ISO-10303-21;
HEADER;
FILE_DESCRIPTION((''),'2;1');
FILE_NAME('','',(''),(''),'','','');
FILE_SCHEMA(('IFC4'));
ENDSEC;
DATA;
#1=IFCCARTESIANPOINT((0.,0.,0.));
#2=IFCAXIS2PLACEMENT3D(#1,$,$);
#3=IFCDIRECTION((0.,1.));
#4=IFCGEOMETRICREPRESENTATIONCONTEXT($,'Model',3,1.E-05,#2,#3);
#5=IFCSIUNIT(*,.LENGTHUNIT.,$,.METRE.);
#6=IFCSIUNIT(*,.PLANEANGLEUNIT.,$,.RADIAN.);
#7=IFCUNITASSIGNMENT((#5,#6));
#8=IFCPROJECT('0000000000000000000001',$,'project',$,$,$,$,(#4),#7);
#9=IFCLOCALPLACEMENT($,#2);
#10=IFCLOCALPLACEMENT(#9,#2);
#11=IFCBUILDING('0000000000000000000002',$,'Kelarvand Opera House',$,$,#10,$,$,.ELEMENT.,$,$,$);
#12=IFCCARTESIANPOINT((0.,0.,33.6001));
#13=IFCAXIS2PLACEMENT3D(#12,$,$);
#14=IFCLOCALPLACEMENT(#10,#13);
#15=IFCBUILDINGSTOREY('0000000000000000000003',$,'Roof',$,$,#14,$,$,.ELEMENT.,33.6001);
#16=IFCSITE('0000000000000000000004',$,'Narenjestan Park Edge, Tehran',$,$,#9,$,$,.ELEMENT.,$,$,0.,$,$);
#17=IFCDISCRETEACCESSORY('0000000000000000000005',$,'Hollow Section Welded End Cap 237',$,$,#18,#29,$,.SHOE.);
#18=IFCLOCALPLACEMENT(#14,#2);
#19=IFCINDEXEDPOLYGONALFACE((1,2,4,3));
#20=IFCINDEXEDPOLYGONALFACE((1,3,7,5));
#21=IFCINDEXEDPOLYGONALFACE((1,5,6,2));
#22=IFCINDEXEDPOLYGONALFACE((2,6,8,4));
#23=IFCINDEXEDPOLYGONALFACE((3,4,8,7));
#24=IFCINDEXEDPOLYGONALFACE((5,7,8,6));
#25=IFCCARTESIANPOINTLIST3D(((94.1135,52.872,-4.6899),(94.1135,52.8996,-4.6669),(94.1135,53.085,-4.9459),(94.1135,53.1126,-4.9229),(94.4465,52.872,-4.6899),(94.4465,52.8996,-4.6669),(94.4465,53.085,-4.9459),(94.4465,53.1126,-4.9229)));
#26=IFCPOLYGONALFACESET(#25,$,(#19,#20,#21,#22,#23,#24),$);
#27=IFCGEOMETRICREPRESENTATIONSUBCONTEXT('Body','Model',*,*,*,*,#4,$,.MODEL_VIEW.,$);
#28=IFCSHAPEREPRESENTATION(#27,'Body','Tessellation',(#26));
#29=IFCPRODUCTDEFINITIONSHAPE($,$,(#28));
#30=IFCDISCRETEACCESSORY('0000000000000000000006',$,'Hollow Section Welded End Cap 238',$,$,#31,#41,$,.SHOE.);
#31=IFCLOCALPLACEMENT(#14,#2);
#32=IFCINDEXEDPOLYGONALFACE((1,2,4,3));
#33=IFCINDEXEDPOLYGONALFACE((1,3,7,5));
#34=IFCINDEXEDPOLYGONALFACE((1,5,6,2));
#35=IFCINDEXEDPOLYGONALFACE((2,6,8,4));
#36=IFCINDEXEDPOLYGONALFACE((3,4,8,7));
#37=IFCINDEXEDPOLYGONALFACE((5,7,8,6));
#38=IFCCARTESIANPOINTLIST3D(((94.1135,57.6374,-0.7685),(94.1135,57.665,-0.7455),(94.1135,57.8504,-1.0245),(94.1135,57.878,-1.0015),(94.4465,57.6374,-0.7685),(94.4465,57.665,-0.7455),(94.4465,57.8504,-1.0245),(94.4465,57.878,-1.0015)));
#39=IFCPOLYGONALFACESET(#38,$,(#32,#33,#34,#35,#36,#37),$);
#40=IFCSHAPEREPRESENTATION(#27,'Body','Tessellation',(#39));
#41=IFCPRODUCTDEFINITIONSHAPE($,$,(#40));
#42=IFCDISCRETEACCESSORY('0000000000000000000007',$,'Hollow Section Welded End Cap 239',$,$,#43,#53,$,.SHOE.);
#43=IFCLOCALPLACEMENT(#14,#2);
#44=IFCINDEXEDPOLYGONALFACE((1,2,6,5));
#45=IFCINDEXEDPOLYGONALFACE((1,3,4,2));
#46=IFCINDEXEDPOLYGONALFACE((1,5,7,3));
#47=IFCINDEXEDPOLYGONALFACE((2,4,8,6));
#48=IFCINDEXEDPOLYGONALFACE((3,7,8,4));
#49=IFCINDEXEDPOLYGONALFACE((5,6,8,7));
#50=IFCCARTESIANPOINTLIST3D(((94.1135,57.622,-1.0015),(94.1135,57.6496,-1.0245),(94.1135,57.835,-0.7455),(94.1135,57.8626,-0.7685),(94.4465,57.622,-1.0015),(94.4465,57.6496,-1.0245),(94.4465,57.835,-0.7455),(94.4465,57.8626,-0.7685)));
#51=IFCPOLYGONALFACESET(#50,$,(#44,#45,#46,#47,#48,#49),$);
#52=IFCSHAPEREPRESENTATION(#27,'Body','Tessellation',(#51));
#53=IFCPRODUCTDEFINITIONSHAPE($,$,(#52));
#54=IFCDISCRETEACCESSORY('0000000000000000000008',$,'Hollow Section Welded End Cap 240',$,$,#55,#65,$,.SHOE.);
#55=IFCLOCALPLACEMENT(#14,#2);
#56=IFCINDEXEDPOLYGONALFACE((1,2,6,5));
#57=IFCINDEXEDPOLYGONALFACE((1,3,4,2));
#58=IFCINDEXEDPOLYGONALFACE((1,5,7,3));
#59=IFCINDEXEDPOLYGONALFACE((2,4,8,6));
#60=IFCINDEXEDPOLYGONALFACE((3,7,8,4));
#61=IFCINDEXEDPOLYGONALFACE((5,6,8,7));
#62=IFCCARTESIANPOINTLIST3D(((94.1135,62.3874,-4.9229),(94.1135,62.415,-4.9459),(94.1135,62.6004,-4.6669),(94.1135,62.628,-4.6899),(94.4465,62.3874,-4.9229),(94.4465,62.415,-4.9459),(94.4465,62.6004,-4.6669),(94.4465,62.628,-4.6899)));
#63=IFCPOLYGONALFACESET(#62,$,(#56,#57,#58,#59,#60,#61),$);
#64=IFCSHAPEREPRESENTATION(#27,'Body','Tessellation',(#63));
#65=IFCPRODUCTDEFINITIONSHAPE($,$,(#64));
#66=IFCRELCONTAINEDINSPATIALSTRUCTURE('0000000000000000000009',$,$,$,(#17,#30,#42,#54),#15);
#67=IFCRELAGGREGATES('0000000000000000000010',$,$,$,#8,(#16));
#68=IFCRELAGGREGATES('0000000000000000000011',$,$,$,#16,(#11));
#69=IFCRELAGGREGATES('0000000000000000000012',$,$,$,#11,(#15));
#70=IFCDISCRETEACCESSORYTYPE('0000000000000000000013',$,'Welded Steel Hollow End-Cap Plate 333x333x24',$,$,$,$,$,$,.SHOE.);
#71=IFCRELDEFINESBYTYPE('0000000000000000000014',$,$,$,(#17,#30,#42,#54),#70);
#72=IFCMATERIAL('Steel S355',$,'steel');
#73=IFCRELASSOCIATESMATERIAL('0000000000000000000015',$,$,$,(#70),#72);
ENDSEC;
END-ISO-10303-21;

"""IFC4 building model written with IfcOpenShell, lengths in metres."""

from ifc_helpers import new_model, si_unit, direction, frame, origin, origin_2d, place, context, subcontext, project, spatial, rectangle, extrude, material, material_profile, profile_set, type_object, element, save


model = new_model("IFC4")

# Units and contexts
model_context = context("Model", 3, precision=1e-05, world=origin(), true_north=direction((0.0, 1.0)))
body_context = subcontext(model_context, "Body", "Model", "MODEL_VIEW")
ifc_project = project(units=[si_unit("LENGTHUNIT", "METRE"), si_unit("PLANEANGLEUNIT", "RADIAN")], contexts=[model_context])

# Site, building, storey
site_placement = place(None, origin())
site = spatial("IfcSite", under=ifc_project, at=site_placement, Name="Narenjestan Park Edge, Tehran", CompositionType="ELEMENT", RefElevation=0.0)
building_placement = place(site_placement, origin())
building = spatial("IfcBuilding", under=site, at=building_placement, Name="Kelarvand Opera House", CompositionType="ELEMENT")
storey_placement = place(building_placement, frame((0.0, 0.0, 33.6001)))
storey = spatial("IfcBuildingStorey", under=building, at=storey_placement, Name="Roof", CompositionType="ELEMENT", Elevation=33.6001)

# Shared definitions
ifc_material_1 = material(Name="Steel S355", Category="steel")

# Discrete accessories
ifc_material_profile_1 = material_profile(ifc_material_1, rectangle(XDim=0.333, YDim=0.333, at=origin_2d()), Name="Welded Steel Hollow End-Cap Plate 333x333x24", Category="steel")
ifc_profile_set_1 = profile_set([ifc_material_profile_1], Name="Steel S355")
discrete_accessory_type_1 = type_object("IfcDiscreteAccessoryType", Name="Welded Steel Hollow End-Cap Plate 333x333x24", PredefinedType="SHOE", material=ifc_profile_set_1)
for number, where, z_axis, x_axis, name in (
    (1, (94.28, 53.0061, -4.7949), (0.0, -0.768779, -0.639515), (1.0, 0.0, 0.0), "Hollow Section Welded End Cap 237"),
    (2, (94.28, 57.7439, -0.8965), (0.0, 0.768779, 0.639515), (-1.0, 0.0, 0.0), "Hollow Section Welded End Cap 238"),
    (3, (94.28, 57.7561, -0.8965), (0.0, -0.768779, 0.639515), (1.0, 0.0, 0.0), "Hollow Section Welded End Cap 239"),
    (4, (94.28, 62.4939, -4.7949), (0.0, 0.768779, -0.639515), (-1.0, 0.0, 0.0), "Hollow Section Welded End Cap 240"),
):
    element("IfcDiscreteAccessory", number, at=place(storey_placement, frame(where, z_axis=z_axis, x_axis=x_axis)), inside=storey, type_object=discrete_accessory_type_1, Name=name, PredefinedType="SHOE", context=body_context, shape_type="SweptSolid", body=[
        extrude(rectangle(XDim=0.333, YDim=0.333, at=origin_2d()), origin(), (0.0, 0.0, 1.0), 0.0359),
    ])

save(model, "model.ifc")
